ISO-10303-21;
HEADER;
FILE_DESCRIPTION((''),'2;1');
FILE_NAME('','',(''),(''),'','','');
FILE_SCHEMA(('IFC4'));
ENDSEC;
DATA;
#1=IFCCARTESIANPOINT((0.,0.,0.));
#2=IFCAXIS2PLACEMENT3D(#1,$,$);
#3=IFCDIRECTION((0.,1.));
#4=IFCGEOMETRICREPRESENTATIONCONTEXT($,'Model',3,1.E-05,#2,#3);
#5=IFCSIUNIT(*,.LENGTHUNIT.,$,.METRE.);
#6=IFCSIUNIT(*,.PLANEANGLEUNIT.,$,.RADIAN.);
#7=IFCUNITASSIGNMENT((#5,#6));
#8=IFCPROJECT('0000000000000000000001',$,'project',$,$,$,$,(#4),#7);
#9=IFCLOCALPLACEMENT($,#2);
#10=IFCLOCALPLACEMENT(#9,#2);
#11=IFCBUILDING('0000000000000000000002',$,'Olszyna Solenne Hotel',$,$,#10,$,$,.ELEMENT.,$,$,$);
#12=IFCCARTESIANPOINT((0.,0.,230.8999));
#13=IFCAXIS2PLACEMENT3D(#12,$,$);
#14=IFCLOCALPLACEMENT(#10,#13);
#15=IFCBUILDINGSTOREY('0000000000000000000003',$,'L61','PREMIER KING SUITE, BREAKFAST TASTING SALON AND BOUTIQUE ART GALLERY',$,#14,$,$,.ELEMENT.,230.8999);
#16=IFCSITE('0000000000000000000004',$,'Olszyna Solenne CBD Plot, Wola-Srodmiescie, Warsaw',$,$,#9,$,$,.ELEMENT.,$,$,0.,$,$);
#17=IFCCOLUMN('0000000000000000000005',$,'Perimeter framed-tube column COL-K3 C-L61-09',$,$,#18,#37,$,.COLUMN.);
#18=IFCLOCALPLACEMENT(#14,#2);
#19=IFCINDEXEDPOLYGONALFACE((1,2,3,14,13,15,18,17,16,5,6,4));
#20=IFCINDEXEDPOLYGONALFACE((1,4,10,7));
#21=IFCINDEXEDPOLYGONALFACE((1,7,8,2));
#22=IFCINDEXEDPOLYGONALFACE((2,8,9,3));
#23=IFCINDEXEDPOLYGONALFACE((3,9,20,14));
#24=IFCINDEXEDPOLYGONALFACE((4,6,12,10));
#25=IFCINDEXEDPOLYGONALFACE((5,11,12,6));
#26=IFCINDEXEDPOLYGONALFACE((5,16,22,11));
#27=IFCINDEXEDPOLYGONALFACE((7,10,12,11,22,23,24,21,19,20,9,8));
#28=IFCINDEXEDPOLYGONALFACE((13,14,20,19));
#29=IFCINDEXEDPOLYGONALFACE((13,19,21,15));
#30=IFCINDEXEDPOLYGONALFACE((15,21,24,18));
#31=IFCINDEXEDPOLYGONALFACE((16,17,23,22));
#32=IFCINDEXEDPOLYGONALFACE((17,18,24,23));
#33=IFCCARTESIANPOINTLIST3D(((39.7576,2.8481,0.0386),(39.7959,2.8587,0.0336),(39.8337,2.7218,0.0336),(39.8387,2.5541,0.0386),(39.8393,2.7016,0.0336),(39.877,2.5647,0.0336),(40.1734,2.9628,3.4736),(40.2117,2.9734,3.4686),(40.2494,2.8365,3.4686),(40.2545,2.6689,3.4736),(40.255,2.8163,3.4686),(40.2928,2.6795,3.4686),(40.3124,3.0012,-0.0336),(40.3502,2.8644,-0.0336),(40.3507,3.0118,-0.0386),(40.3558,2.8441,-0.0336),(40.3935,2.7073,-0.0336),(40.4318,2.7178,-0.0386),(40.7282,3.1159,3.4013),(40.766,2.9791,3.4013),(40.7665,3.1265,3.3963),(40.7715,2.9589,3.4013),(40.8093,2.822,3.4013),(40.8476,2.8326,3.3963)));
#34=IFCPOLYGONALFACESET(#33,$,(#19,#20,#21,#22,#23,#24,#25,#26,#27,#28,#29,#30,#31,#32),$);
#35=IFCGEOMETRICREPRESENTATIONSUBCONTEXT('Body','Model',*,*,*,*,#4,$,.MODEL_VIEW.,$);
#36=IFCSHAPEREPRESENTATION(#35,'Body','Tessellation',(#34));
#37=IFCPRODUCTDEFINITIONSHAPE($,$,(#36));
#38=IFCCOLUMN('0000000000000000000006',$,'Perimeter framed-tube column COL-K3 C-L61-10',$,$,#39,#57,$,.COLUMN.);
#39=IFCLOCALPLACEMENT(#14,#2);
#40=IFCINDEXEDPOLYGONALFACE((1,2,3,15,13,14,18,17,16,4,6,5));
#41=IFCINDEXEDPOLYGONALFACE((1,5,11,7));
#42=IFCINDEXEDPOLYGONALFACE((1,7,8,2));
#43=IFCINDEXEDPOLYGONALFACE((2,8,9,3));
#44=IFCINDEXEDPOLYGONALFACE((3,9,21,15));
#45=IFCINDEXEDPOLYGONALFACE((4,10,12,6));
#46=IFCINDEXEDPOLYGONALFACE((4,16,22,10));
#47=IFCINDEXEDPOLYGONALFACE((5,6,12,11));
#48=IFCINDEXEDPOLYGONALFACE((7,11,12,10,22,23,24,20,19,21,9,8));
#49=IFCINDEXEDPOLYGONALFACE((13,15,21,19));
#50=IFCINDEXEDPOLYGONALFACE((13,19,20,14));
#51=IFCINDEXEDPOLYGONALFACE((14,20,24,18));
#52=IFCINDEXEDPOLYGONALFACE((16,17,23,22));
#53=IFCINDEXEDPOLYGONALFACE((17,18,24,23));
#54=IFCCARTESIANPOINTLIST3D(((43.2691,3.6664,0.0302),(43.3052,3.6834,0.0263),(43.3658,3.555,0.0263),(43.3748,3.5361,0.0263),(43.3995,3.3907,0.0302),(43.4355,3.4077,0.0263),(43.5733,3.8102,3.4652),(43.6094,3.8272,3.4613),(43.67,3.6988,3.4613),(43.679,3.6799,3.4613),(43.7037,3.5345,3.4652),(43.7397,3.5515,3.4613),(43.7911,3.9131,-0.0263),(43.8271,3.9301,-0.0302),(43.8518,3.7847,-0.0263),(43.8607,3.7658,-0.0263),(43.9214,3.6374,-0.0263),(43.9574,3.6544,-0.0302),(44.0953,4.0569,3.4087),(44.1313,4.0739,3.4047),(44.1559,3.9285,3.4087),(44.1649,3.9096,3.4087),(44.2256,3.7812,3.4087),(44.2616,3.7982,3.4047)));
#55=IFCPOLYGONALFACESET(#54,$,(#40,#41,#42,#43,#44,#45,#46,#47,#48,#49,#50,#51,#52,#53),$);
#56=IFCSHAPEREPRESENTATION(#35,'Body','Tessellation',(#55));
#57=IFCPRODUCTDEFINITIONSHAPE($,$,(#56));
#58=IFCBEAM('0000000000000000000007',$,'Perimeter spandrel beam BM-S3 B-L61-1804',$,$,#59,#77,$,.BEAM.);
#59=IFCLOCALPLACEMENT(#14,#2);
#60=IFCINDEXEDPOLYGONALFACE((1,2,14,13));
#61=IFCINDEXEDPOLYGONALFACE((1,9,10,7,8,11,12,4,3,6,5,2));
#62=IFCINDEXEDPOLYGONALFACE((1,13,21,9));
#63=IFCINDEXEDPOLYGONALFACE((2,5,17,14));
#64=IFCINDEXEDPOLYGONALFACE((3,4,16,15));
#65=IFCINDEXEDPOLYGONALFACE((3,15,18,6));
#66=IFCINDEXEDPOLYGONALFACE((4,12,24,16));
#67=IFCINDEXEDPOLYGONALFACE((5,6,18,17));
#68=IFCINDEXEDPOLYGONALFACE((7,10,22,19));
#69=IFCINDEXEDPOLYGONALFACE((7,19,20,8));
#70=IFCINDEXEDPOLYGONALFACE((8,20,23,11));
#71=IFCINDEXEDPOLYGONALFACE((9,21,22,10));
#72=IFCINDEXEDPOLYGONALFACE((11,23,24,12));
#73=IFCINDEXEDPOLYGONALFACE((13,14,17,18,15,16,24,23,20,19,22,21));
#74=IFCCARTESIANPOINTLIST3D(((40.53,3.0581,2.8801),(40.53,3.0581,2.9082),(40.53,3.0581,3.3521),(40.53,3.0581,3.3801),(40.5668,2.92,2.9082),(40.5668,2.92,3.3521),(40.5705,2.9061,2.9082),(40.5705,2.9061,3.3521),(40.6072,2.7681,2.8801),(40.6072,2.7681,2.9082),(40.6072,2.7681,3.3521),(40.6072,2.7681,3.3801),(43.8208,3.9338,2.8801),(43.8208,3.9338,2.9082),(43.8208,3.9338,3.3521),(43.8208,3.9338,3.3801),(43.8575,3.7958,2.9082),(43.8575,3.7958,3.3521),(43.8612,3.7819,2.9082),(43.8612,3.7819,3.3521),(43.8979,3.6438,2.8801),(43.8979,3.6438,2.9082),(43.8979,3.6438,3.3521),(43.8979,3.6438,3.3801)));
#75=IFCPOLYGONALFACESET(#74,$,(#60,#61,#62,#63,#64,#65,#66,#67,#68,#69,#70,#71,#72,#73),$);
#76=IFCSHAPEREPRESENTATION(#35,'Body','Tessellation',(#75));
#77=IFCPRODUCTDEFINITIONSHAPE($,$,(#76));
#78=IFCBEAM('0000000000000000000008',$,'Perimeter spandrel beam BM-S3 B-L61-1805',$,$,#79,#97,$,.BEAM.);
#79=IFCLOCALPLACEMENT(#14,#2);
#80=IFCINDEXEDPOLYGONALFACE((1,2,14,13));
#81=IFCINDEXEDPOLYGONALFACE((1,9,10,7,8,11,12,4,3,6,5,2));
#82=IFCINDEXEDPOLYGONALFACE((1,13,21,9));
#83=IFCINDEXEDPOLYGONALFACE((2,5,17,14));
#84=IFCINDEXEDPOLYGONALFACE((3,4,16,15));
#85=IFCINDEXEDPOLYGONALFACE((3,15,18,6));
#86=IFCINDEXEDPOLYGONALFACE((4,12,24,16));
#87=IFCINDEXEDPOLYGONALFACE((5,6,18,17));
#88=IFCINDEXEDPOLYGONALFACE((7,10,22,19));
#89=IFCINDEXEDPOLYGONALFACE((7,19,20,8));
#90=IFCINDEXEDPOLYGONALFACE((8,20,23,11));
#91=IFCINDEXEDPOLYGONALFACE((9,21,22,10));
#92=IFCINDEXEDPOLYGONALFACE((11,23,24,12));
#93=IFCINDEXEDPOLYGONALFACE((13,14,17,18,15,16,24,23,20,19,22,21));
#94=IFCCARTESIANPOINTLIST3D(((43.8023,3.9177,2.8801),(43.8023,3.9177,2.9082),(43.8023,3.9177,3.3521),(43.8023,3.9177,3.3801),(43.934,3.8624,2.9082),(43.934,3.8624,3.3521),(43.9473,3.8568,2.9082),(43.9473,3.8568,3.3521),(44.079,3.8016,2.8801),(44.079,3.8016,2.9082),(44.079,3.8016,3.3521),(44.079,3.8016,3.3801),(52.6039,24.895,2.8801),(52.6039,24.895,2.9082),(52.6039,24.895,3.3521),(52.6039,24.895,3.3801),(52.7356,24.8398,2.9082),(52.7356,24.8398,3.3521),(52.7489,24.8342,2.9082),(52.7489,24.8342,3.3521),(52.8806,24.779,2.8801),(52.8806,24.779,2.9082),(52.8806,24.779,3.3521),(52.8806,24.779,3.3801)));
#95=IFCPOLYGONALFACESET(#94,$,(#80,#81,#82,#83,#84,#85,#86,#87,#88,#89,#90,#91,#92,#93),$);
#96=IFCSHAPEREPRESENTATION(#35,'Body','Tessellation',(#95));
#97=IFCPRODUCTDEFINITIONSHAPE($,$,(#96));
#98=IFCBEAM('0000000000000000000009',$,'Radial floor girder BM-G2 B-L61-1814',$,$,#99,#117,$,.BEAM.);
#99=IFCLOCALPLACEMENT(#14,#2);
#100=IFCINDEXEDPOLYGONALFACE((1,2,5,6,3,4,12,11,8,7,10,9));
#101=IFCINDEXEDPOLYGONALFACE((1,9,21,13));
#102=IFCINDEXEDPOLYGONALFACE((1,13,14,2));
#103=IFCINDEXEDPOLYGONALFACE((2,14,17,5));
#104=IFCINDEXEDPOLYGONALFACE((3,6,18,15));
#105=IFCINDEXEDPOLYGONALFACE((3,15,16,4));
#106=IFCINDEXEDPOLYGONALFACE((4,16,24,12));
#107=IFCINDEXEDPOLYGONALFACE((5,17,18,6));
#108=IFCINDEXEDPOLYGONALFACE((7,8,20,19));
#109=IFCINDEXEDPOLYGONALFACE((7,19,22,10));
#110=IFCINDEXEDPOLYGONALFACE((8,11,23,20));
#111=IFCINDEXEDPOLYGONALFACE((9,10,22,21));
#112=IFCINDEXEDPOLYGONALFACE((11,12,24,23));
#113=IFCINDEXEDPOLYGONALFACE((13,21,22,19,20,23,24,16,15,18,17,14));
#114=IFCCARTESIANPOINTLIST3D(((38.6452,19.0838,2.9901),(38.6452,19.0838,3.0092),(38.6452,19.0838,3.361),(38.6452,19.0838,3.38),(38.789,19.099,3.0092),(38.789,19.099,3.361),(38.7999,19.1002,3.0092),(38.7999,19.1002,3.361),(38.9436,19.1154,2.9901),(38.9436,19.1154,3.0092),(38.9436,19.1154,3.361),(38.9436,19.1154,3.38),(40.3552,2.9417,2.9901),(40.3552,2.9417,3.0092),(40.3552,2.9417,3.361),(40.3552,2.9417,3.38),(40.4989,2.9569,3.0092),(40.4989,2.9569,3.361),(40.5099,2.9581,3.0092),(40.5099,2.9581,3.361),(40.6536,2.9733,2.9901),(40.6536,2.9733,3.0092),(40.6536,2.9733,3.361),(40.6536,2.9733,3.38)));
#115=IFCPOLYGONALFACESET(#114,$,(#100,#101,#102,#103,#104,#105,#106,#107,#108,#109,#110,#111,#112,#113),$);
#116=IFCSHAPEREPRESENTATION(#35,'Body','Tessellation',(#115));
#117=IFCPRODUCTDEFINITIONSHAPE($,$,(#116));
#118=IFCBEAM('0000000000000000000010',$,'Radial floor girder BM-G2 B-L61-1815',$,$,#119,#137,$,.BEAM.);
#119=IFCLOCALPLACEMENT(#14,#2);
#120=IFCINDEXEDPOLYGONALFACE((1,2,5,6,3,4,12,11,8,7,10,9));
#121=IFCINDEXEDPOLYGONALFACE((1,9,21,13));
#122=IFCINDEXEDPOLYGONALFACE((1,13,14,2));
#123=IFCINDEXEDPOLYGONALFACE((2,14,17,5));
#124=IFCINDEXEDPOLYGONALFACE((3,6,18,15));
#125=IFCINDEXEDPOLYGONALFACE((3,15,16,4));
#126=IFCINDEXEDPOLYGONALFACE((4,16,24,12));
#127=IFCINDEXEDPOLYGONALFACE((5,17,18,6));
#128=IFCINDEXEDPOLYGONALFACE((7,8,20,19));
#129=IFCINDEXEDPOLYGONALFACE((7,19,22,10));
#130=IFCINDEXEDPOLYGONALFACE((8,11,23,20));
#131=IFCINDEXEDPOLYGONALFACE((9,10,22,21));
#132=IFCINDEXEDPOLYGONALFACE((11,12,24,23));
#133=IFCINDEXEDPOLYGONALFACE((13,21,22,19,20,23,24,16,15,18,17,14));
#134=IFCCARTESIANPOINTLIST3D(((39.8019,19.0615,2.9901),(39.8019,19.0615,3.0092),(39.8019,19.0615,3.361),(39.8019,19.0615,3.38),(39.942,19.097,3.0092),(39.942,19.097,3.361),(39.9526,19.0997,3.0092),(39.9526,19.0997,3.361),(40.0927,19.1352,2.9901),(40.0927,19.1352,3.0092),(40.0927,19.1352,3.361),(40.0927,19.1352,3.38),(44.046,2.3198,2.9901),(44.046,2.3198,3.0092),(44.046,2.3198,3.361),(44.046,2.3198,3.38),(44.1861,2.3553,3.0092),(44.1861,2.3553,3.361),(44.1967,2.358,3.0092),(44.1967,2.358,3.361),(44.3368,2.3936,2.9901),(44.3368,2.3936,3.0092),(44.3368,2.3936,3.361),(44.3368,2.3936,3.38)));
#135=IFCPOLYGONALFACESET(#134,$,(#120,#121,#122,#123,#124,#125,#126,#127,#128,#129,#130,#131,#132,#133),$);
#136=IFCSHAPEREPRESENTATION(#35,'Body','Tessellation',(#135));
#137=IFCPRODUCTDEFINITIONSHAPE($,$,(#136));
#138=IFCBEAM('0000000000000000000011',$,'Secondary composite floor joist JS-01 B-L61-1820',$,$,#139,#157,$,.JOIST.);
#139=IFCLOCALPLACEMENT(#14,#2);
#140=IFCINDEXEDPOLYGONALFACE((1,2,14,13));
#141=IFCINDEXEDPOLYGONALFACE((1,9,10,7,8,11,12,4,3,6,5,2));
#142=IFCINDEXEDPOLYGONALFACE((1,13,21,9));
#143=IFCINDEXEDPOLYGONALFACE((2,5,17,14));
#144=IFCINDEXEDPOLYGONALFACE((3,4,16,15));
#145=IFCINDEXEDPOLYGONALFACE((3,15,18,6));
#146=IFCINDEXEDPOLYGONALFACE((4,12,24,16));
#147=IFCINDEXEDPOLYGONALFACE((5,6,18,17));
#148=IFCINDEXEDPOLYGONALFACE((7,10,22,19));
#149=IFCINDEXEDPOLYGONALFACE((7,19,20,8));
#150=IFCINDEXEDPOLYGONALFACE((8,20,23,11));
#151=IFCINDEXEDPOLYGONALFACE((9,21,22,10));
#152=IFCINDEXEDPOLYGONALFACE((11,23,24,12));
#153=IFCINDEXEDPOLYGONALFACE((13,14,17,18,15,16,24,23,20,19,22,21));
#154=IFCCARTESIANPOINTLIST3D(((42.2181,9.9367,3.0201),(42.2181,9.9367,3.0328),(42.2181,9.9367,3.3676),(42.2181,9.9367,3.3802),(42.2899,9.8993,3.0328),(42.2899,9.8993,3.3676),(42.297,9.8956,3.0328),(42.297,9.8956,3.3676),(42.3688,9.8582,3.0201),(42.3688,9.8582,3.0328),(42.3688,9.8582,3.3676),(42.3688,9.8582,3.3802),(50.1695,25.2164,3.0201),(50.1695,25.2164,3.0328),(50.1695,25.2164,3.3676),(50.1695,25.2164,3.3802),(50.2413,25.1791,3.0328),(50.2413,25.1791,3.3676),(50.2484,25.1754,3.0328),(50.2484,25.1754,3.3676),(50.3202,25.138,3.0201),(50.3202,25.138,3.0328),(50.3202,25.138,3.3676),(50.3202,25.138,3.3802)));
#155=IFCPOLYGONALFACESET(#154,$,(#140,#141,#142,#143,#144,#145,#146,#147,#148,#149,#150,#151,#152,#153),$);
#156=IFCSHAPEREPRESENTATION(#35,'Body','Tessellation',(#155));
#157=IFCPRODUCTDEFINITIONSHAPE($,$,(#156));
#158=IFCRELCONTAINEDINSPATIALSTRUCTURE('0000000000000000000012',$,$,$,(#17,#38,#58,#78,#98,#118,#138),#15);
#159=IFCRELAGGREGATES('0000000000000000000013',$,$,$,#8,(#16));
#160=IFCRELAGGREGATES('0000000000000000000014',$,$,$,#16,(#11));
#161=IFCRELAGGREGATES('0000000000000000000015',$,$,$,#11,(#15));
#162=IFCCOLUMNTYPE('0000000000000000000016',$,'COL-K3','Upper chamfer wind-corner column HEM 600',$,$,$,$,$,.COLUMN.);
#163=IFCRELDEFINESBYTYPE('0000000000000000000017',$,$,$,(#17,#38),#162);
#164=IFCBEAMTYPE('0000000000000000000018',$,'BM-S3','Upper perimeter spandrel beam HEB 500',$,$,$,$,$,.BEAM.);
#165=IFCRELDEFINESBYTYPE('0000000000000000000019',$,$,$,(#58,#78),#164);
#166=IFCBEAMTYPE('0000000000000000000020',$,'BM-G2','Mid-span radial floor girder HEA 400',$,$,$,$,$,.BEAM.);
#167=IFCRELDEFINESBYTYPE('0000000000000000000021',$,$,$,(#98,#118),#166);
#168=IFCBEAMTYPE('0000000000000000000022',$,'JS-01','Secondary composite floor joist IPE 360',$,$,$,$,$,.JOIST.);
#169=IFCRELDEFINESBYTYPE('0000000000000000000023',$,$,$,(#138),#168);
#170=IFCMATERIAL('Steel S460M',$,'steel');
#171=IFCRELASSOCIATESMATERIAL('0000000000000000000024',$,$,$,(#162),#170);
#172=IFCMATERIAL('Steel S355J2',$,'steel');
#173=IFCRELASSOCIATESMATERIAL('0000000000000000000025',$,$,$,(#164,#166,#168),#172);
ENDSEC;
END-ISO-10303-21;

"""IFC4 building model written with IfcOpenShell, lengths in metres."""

from ifc_helpers import new_model, si_unit, direction, frame, origin, origin_2d, place, context, subcontext, project, spatial, i_section, extrude, source, transform, mapped, material, material_profile, profile_set, type_object, element, save


model = new_model("IFC4")

# Units and contexts
model_context = context("Model", 3, precision=1e-05, world=origin(), true_north=direction((0.0, 1.0)))
body_context = subcontext(model_context, "Body", "Model", "MODEL_VIEW")
ifc_project = project(units=[si_unit("LENGTHUNIT", "METRE"), si_unit("PLANEANGLEUNIT", "RADIAN")], contexts=[model_context])

# Site, building, storey
site_placement = place(None, origin())
site = spatial("IfcSite", under=ifc_project, at=site_placement, Name="Olszyna Solenne CBD Plot, Wola-Srodmiescie, Warsaw", CompositionType="ELEMENT", RefElevation=0.0)
building_placement = place(site_placement, origin())
building = spatial("IfcBuilding", under=site, at=building_placement, Name="Olszyna Solenne Hotel", CompositionType="ELEMENT")
storey_placement = place(building_placement, frame((0.0, 0.0, 230.8999)))
storey = spatial("IfcBuildingStorey", under=building, at=storey_placement, Name="L61", Description="PREMIER KING SUITE, BREAKFAST TASTING SALON AND BOUTIQUE ART GALLERY", CompositionType="ELEMENT", Elevation=230.8999)

# Columns
ifc_material_1 = material(Name="Steel S460M", Category="steel")
ifc_material_profile_1 = material_profile(ifc_material_1, i_section(OverallWidth=0.3049, OverallDepth=0.6201, WebThickness=0.021, FlangeThickness=0.04, at=origin_2d()), Name="HEM 600", Category="load-bearing")
ifc_profile_set_1 = profile_set([ifc_material_profile_1], Name="Steel S460M")
column_type = type_object("IfcColumnType", Name="COL-K3", Description="Upper chamfer wind-corner column HEM 600", PredefinedType="COLUMN", material=ifc_profile_set_1)
shared_shape_1 = source(origin(), body_context, "Body", "SweptSolid", [
    extrude(i_section(OverallWidth=0.3049, OverallDepth=0.6201, WebThickness=0.021, FlangeThickness=0.04, at=origin_2d()), origin(), (0.0, 0.0, 1.0), 3.4619),
])
column_1_placement = place(storey_placement, frame((40.0947, 2.783, 0.0), z_axis=(0.120095, 0.033144, 0.992209), x_axis=(-0.266038, 0.963963, 0.0)))
element("IfcColumn", 1, at=column_1_placement, inside=storey, type_object=column_type, Name="Perimeter framed-tube column COL-K3 C-L61-09", PredefinedType="COLUMN", context=body_context, shape_type="MappedRepresentation", body=[
    mapped(shared_shape_1, transform((0.0, 0.0, 0.0), x_axis=(1.0, 0.0, 0.0), y_axis=(0.0, 1.0, 0.0), z_axis=(0.0, 0.0, 1.0), scale=1.0)),
])
shared_shape_2 = source(origin(), body_context, "Body", "SweptSolid", [
    extrude(i_section(OverallWidth=0.3049, OverallDepth=0.6201, WebThickness=0.021, FlangeThickness=0.04, at=origin_2d()), origin(), (0.0, 0.0, 1.0), 3.4514),
])
column_2_placement = place(storey_placement, frame((43.6133, 3.6604, 0.0), z_axis=(0.088135, 0.041663, 0.995237), x_axis=(-0.427369, 0.904077, 0.0)))
element("IfcColumn", 2, at=column_2_placement, inside=storey, type_object=column_type, Name="Perimeter framed-tube column COL-K3 C-L61-10", PredefinedType="COLUMN", context=body_context, shape_type="MappedRepresentation", body=[
    mapped(shared_shape_2, transform((0.0, 0.0, 0.0), x_axis=(1.0, 0.0, 0.0), y_axis=(0.0, 1.0, 0.0), z_axis=(0.0, 0.0, 1.0), scale=1.0)),
])

# Beams
ifc_material_2 = material(Name="Steel S355J2", Category="steel")
ifc_material_profile_2 = material_profile(ifc_material_2, i_section(OverallWidth=0.3, OverallDepth=0.5, WebThickness=0.0144, FlangeThickness=0.0281, at=origin_2d()), Name="HEB 500", Category="load-bearing")
ifc_profile_set_2 = profile_set([ifc_material_profile_2], Name="Steel S355J2")
beam_type_1 = type_object("IfcBeamType", Name="BM-S3", Description="Upper perimeter spandrel beam HEB 500", PredefinedType="BEAM", material=ifc_profile_set_2)
shared_shape_3 = source(origin(), body_context, "Body", "SweptSolid", [
    extrude(i_section(OverallWidth=0.3, OverallDepth=0.5, WebThickness=0.0144, FlangeThickness=0.0281, at=origin_2d()), origin(), (0.0, 0.0, 1.0), 3.4053),
])
beam_1_placement = place(storey_placement, frame((40.5686, 2.9131, 3.1301), z_axis=(0.966367, 0.257167, 0.0), x_axis=(-0.257167, 0.966367, 0.0)))
element("IfcBeam", 3, at=beam_1_placement, inside=storey, type_object=beam_type_1, Name="Perimeter spandrel beam BM-S3 B-L61-1804", PredefinedType="BEAM", context=body_context, shape_type="MappedRepresentation", body=[
    mapped(shared_shape_3, transform((0.0, 0.0, 0.0), x_axis=(1.0, 0.0, 0.0), y_axis=(0.0, 1.0, 0.0), z_axis=(0.0, 0.0, 1.0), scale=1.0)),
])
shared_shape_4 = source(origin(), body_context, "Body", "SweptSolid", [
    extrude(i_section(OverallWidth=0.3, OverallDepth=0.5, WebThickness=0.0144, FlangeThickness=0.0281, at=origin_2d()), origin(), (0.0, 0.0, 1.0), 22.749),
])
beam_2_placement = place(storey_placement, frame((43.9407, 3.8596, 3.1301), z_axis=(0.386898, 0.922123, 0.0), x_axis=(-0.922123, 0.386898, 0.0)))
element("IfcBeam", 4, at=beam_2_placement, inside=storey, type_object=beam_type_1, Name="Perimeter spandrel beam BM-S3 B-L61-1805", PredefinedType="BEAM", context=body_context, shape_type="MappedRepresentation", body=[
    mapped(shared_shape_4, transform((0.0, 0.0, 0.0), x_axis=(1.0, 0.0, 0.0), y_axis=(0.0, 1.0, 0.0), z_axis=(0.0, 0.0, 1.0), scale=1.0)),
])
ifc_material_profile_3 = material_profile(ifc_material_2, i_section(OverallWidth=0.3, OverallDepth=0.3899, WebThickness=0.011, FlangeThickness=0.019, at=origin_2d()), Name="HEA 400", Category="load-bearing")
ifc_profile_set_3 = profile_set([ifc_material_profile_3], Name="Steel S355J2")
beam_type_2 = type_object("IfcBeamType", Name="BM-G2", Description="Mid-span radial floor girder HEA 400", PredefinedType="BEAM", material=ifc_profile_set_3)
shared_shape_5 = source(origin(), body_context, "Body", "SweptSolid", [
    extrude(i_section(OverallWidth=0.3, OverallDepth=0.3899, WebThickness=0.011, FlangeThickness=0.019, at=origin_2d()), origin(), (0.0, 0.0, 1.0), 16.2324),
])
beam_3_placement = place(storey_placement, frame((40.5044, 2.9575, 3.1851), z_axis=(-0.105342, 0.994436, 0.0), x_axis=(-0.994436, -0.105342, 0.0)))
element("IfcBeam", 5, at=beam_3_placement, inside=storey, type_object=beam_type_2, Name="Radial floor girder BM-G2 B-L61-1814", PredefinedType="BEAM", context=body_context, shape_type="MappedRepresentation", body=[
    mapped(shared_shape_5, transform((0.0, 0.0, 0.0), x_axis=(1.0, 0.0, 0.0), y_axis=(0.0, 1.0, 0.0), z_axis=(0.0, 0.0, 1.0), scale=1.0)),
])
shared_shape_6 = source(origin(), body_context, "Body", "SweptSolid", [
    extrude(i_section(OverallWidth=0.3, OverallDepth=0.3899, WebThickness=0.011, FlangeThickness=0.019, at=origin_2d()), origin(), (0.0, 0.0, 1.0), 17.2712),
])
beam_4_placement = place(storey_placement, frame((44.1914, 2.3567, 3.1851), z_axis=(-0.245734, 0.969337, 0.0), x_axis=(-0.969337, -0.245734, 0.0)))
element("IfcBeam", 6, at=beam_4_placement, inside=storey, type_object=beam_type_2, Name="Radial floor girder BM-G2 B-L61-1815", PredefinedType="BEAM", context=body_context, shape_type="MappedRepresentation", body=[
    mapped(shared_shape_6, transform((0.0, 0.0, 0.0), x_axis=(1.0, 0.0, 0.0), y_axis=(0.0, 1.0, 0.0), z_axis=(0.0, 0.0, 1.0), scale=1.0)),
])
ifc_material_profile_4 = material_profile(ifc_material_2, i_section(OverallWidth=0.1699, OverallDepth=0.3601, WebThickness=0.0081, FlangeThickness=0.0127, at=origin_2d()), Name="IPE 360", Category="load-bearing")
ifc_profile_set_4 = profile_set([ifc_material_profile_4], Name="Steel S355J2")
beam_type_3 = type_object("IfcBeamType", Name="JS-01", Description="Secondary composite floor joist IPE 360", PredefinedType="JOIST", material=ifc_profile_set_4)
shared_shape_7 = source(origin(), body_context, "Body", "SweptSolid", [
    extrude(i_section(OverallWidth=0.1699, OverallDepth=0.3601, WebThickness=0.0081, FlangeThickness=0.0127, at=origin_2d()), origin(), (0.0, 0.0, 1.0), 17.2249),
])
beam_5_placement = place(storey_placement, frame((42.2935, 9.8975, 3.2002), z_axis=(0.461624, 0.887076, 0.0), x_axis=(-0.887076, 0.461624, 0.0)))
element("IfcBeam", 7, at=beam_5_placement, inside=storey, type_object=beam_type_3, Name="Secondary composite floor joist JS-01 B-L61-1820", PredefinedType="JOIST", context=body_context, shape_type="MappedRepresentation", body=[
    mapped(shared_shape_7, transform((0.0, 0.0, 0.0), x_axis=(1.0, 0.0, 0.0), y_axis=(0.0, 1.0, 0.0), z_axis=(0.0, 0.0, 1.0), scale=1.0)),
])

save(model, "model.ifc")
